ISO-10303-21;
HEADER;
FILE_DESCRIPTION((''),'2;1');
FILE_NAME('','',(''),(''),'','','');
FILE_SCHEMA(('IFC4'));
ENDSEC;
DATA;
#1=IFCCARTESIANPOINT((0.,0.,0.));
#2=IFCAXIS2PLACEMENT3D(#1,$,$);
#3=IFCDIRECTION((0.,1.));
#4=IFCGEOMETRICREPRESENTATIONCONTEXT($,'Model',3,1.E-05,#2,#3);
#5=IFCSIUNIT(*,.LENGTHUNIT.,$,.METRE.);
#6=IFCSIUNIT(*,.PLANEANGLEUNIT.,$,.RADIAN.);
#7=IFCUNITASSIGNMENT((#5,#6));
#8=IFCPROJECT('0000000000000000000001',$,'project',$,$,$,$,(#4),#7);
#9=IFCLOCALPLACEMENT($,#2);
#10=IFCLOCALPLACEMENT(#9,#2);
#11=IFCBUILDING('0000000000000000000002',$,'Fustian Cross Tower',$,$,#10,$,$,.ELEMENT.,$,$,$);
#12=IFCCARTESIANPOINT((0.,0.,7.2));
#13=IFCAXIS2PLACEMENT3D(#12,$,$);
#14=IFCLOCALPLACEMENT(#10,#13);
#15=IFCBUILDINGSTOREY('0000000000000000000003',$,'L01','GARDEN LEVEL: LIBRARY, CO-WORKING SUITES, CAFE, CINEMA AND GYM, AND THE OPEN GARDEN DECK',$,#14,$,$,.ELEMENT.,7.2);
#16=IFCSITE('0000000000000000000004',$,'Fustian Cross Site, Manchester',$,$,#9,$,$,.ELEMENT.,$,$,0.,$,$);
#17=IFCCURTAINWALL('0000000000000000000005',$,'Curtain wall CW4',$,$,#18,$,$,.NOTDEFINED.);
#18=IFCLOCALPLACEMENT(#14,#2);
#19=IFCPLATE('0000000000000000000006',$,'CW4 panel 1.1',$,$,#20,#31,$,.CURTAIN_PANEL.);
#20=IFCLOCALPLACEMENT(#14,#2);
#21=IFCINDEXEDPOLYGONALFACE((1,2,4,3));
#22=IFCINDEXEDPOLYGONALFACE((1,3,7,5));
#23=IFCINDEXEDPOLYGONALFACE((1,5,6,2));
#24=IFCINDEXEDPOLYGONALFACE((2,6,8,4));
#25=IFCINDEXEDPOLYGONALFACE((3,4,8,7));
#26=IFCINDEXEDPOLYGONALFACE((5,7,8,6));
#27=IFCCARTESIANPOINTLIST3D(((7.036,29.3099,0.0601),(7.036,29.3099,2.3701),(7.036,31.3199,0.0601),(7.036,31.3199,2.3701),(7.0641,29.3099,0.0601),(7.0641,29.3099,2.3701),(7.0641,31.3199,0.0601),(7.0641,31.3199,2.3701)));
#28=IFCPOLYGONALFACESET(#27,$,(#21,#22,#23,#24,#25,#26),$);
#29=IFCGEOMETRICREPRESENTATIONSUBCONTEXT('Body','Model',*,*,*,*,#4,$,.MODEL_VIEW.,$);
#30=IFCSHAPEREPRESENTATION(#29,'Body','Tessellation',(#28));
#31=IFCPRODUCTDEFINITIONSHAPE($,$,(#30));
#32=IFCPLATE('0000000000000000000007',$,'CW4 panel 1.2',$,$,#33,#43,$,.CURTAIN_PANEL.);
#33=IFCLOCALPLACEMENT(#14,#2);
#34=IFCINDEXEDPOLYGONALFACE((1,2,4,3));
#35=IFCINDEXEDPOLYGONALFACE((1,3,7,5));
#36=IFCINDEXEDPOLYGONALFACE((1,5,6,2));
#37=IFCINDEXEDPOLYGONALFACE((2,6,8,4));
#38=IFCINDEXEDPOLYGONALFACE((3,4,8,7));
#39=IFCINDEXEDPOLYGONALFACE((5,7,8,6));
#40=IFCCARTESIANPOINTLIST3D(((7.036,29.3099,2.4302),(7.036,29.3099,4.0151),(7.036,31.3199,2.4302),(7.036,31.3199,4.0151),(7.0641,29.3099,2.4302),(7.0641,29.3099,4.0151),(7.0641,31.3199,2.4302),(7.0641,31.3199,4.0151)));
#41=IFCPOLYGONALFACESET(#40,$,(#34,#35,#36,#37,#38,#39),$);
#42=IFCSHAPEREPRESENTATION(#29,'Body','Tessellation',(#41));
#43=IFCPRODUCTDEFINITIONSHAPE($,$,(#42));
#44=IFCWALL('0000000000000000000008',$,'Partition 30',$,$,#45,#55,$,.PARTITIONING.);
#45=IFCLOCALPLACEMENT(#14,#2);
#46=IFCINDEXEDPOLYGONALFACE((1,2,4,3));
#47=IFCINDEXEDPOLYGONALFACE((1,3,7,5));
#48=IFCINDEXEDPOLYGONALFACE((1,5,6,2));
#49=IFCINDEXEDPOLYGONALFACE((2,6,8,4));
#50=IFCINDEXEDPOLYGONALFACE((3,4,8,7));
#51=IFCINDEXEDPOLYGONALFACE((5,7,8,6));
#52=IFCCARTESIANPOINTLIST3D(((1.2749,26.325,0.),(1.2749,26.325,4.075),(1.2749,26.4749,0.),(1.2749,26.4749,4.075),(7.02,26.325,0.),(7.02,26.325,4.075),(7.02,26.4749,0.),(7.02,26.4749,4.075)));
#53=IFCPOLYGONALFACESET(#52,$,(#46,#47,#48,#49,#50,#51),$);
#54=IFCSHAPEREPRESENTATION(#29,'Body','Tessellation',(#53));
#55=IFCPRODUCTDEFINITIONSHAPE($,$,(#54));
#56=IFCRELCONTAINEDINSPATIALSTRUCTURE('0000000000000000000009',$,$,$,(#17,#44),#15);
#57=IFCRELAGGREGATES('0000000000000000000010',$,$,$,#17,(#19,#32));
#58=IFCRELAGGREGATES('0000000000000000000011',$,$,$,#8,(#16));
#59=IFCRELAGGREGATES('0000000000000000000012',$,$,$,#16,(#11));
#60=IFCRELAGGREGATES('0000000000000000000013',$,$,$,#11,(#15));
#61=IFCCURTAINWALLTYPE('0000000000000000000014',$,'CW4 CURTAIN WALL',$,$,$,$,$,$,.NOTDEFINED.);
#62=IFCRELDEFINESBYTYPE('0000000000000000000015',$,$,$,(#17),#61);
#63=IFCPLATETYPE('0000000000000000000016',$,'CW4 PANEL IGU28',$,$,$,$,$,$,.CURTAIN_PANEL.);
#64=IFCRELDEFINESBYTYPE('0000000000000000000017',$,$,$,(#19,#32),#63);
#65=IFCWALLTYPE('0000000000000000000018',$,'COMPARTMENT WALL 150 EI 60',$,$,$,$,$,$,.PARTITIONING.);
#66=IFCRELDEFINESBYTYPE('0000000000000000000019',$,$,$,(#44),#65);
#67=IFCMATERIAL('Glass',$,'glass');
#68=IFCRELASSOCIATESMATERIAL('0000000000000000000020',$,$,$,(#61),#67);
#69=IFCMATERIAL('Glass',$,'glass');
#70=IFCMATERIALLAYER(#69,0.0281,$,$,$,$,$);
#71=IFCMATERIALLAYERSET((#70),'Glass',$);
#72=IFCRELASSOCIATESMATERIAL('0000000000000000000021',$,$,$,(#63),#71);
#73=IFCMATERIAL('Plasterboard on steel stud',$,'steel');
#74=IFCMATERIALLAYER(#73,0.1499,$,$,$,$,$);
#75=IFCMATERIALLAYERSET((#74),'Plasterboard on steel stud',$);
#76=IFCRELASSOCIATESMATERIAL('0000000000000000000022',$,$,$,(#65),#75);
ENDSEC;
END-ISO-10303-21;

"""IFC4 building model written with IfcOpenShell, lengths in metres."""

from ifc_helpers import new_model, si_unit, direction, frame, frame_2d, origin, origin_2d, place, context, subcontext, project, spatial, rectangle, extrude, material, layer, layer_set, type_object, element, aggregate, save


model = new_model("IFC4")

# Units and contexts
model_context = context("Model", 3, precision=1e-05, world=origin(), true_north=direction((0.0, 1.0)))
body_context = subcontext(model_context, "Body", "Model", "MODEL_VIEW")
ifc_project = project(units=[si_unit("LENGTHUNIT", "METRE"), si_unit("PLANEANGLEUNIT", "RADIAN")], contexts=[model_context])

# Site, building, storey
site_placement = place(None, origin())
site = spatial("IfcSite", under=ifc_project, at=site_placement, Name="Fustian Cross Site, Manchester", CompositionType="ELEMENT", RefElevation=0.0)
building_placement = place(site_placement, origin())
building = spatial("IfcBuilding", under=site, at=building_placement, Name="Fustian Cross Tower", CompositionType="ELEMENT")
storey_placement = place(building_placement, frame((0.0, 0.0, 7.2)))
storey = spatial("IfcBuildingStorey", under=building, at=storey_placement, Name="L01", Description="GARDEN LEVEL: LIBRARY, CO-WORKING SUITES, CAFE, CINEMA AND GYM, AND THE OPEN GARDEN DECK", CompositionType="ELEMENT", Elevation=7.2)

# Curtain wall
ifc_material_1 = material(Name="Glass", Category="glass")
curtain_wall_type = type_object("IfcCurtainWallType", Name="CW4 CURTAIN WALL", PredefinedType="NOTDEFINED", material=ifc_material_1)
curtain_wall_1_placement = place(storey_placement, origin())
curtain_wall_1 = element("IfcCurtainWall", 1, at=curtain_wall_1_placement, inside=storey, type_object=curtain_wall_type, Name="Curtain wall CW4", PredefinedType="NOTDEFINED")

# Plates
ifc_material_2 = material(Name="Glass", Category="glass")
ifc_layer_1 = layer(ifc_material_2, 0.0281)
ifc_layer_set_1 = layer_set([ifc_layer_1], Name="Glass")
plate_type = type_object("IfcPlateType", Name="CW4 PANEL IGU28", PredefinedType="CURTAIN_PANEL", material=ifc_layer_set_1)
plate_1_placement = place(storey_placement, frame((7.05, 30.3149, 0.0601), z_axis=(0.0, 0.0, 1.0), x_axis=(0.0, 1.0, 0.0)))
plate_1 = element("IfcPlate", 2, at=plate_1_placement, type_object=plate_type, Name="CW4 panel 1.1", PredefinedType="CURTAIN_PANEL", context=body_context, shape_type="SweptSolid", body=[
    extrude(rectangle(XDim=2.01, YDim=0.0281, at=origin_2d()), origin(), (0.0, 0.0, 1.0), 2.3101),
])
plate_2_placement = place(storey_placement, frame((7.05, 30.3149, 2.4302), z_axis=(0.0, 0.0, 1.0), x_axis=(0.0, 1.0, 0.0)))
plate_2 = element("IfcPlate", 3, at=plate_2_placement, type_object=plate_type, Name="CW4 panel 1.2", PredefinedType="CURTAIN_PANEL", context=body_context, shape_type="SweptSolid", body=[
    extrude(rectangle(XDim=2.01, YDim=0.0281, at=origin_2d()), origin(), (0.0, 0.0, 1.0), 1.585),
])
aggregate(curtain_wall_1, [plate_1, plate_2])

# Wall
ifc_material_3 = material(Name="Plasterboard on steel stud", Category="steel")
ifc_layer_2 = layer(ifc_material_3, 0.1499)
ifc_layer_set_2 = layer_set([ifc_layer_2], Name="Plasterboard on steel stud")
wall_type = type_object("IfcWallType", Name="COMPARTMENT WALL 150 EI 60", PredefinedType="PARTITIONING", material=ifc_layer_set_2)
wall_placement = place(storey_placement, frame((1.2749, 26.3999, 0.0), z_axis=(0.0, 0.0, 1.0), x_axis=(1.0, 0.0, 0.0)))
element("IfcWall", 4, at=wall_placement, inside=storey, type_object=wall_type, Name="Partition 30", PredefinedType="PARTITIONING", context=body_context, shape_type="SweptSolid", body=[
    extrude(rectangle(XDim=5.7451, YDim=0.1499, at=frame_2d((2.8726, 0.0))), origin(), (0.0, 0.0, 1.0), 4.075),
])

save(model, "model.ifc")
